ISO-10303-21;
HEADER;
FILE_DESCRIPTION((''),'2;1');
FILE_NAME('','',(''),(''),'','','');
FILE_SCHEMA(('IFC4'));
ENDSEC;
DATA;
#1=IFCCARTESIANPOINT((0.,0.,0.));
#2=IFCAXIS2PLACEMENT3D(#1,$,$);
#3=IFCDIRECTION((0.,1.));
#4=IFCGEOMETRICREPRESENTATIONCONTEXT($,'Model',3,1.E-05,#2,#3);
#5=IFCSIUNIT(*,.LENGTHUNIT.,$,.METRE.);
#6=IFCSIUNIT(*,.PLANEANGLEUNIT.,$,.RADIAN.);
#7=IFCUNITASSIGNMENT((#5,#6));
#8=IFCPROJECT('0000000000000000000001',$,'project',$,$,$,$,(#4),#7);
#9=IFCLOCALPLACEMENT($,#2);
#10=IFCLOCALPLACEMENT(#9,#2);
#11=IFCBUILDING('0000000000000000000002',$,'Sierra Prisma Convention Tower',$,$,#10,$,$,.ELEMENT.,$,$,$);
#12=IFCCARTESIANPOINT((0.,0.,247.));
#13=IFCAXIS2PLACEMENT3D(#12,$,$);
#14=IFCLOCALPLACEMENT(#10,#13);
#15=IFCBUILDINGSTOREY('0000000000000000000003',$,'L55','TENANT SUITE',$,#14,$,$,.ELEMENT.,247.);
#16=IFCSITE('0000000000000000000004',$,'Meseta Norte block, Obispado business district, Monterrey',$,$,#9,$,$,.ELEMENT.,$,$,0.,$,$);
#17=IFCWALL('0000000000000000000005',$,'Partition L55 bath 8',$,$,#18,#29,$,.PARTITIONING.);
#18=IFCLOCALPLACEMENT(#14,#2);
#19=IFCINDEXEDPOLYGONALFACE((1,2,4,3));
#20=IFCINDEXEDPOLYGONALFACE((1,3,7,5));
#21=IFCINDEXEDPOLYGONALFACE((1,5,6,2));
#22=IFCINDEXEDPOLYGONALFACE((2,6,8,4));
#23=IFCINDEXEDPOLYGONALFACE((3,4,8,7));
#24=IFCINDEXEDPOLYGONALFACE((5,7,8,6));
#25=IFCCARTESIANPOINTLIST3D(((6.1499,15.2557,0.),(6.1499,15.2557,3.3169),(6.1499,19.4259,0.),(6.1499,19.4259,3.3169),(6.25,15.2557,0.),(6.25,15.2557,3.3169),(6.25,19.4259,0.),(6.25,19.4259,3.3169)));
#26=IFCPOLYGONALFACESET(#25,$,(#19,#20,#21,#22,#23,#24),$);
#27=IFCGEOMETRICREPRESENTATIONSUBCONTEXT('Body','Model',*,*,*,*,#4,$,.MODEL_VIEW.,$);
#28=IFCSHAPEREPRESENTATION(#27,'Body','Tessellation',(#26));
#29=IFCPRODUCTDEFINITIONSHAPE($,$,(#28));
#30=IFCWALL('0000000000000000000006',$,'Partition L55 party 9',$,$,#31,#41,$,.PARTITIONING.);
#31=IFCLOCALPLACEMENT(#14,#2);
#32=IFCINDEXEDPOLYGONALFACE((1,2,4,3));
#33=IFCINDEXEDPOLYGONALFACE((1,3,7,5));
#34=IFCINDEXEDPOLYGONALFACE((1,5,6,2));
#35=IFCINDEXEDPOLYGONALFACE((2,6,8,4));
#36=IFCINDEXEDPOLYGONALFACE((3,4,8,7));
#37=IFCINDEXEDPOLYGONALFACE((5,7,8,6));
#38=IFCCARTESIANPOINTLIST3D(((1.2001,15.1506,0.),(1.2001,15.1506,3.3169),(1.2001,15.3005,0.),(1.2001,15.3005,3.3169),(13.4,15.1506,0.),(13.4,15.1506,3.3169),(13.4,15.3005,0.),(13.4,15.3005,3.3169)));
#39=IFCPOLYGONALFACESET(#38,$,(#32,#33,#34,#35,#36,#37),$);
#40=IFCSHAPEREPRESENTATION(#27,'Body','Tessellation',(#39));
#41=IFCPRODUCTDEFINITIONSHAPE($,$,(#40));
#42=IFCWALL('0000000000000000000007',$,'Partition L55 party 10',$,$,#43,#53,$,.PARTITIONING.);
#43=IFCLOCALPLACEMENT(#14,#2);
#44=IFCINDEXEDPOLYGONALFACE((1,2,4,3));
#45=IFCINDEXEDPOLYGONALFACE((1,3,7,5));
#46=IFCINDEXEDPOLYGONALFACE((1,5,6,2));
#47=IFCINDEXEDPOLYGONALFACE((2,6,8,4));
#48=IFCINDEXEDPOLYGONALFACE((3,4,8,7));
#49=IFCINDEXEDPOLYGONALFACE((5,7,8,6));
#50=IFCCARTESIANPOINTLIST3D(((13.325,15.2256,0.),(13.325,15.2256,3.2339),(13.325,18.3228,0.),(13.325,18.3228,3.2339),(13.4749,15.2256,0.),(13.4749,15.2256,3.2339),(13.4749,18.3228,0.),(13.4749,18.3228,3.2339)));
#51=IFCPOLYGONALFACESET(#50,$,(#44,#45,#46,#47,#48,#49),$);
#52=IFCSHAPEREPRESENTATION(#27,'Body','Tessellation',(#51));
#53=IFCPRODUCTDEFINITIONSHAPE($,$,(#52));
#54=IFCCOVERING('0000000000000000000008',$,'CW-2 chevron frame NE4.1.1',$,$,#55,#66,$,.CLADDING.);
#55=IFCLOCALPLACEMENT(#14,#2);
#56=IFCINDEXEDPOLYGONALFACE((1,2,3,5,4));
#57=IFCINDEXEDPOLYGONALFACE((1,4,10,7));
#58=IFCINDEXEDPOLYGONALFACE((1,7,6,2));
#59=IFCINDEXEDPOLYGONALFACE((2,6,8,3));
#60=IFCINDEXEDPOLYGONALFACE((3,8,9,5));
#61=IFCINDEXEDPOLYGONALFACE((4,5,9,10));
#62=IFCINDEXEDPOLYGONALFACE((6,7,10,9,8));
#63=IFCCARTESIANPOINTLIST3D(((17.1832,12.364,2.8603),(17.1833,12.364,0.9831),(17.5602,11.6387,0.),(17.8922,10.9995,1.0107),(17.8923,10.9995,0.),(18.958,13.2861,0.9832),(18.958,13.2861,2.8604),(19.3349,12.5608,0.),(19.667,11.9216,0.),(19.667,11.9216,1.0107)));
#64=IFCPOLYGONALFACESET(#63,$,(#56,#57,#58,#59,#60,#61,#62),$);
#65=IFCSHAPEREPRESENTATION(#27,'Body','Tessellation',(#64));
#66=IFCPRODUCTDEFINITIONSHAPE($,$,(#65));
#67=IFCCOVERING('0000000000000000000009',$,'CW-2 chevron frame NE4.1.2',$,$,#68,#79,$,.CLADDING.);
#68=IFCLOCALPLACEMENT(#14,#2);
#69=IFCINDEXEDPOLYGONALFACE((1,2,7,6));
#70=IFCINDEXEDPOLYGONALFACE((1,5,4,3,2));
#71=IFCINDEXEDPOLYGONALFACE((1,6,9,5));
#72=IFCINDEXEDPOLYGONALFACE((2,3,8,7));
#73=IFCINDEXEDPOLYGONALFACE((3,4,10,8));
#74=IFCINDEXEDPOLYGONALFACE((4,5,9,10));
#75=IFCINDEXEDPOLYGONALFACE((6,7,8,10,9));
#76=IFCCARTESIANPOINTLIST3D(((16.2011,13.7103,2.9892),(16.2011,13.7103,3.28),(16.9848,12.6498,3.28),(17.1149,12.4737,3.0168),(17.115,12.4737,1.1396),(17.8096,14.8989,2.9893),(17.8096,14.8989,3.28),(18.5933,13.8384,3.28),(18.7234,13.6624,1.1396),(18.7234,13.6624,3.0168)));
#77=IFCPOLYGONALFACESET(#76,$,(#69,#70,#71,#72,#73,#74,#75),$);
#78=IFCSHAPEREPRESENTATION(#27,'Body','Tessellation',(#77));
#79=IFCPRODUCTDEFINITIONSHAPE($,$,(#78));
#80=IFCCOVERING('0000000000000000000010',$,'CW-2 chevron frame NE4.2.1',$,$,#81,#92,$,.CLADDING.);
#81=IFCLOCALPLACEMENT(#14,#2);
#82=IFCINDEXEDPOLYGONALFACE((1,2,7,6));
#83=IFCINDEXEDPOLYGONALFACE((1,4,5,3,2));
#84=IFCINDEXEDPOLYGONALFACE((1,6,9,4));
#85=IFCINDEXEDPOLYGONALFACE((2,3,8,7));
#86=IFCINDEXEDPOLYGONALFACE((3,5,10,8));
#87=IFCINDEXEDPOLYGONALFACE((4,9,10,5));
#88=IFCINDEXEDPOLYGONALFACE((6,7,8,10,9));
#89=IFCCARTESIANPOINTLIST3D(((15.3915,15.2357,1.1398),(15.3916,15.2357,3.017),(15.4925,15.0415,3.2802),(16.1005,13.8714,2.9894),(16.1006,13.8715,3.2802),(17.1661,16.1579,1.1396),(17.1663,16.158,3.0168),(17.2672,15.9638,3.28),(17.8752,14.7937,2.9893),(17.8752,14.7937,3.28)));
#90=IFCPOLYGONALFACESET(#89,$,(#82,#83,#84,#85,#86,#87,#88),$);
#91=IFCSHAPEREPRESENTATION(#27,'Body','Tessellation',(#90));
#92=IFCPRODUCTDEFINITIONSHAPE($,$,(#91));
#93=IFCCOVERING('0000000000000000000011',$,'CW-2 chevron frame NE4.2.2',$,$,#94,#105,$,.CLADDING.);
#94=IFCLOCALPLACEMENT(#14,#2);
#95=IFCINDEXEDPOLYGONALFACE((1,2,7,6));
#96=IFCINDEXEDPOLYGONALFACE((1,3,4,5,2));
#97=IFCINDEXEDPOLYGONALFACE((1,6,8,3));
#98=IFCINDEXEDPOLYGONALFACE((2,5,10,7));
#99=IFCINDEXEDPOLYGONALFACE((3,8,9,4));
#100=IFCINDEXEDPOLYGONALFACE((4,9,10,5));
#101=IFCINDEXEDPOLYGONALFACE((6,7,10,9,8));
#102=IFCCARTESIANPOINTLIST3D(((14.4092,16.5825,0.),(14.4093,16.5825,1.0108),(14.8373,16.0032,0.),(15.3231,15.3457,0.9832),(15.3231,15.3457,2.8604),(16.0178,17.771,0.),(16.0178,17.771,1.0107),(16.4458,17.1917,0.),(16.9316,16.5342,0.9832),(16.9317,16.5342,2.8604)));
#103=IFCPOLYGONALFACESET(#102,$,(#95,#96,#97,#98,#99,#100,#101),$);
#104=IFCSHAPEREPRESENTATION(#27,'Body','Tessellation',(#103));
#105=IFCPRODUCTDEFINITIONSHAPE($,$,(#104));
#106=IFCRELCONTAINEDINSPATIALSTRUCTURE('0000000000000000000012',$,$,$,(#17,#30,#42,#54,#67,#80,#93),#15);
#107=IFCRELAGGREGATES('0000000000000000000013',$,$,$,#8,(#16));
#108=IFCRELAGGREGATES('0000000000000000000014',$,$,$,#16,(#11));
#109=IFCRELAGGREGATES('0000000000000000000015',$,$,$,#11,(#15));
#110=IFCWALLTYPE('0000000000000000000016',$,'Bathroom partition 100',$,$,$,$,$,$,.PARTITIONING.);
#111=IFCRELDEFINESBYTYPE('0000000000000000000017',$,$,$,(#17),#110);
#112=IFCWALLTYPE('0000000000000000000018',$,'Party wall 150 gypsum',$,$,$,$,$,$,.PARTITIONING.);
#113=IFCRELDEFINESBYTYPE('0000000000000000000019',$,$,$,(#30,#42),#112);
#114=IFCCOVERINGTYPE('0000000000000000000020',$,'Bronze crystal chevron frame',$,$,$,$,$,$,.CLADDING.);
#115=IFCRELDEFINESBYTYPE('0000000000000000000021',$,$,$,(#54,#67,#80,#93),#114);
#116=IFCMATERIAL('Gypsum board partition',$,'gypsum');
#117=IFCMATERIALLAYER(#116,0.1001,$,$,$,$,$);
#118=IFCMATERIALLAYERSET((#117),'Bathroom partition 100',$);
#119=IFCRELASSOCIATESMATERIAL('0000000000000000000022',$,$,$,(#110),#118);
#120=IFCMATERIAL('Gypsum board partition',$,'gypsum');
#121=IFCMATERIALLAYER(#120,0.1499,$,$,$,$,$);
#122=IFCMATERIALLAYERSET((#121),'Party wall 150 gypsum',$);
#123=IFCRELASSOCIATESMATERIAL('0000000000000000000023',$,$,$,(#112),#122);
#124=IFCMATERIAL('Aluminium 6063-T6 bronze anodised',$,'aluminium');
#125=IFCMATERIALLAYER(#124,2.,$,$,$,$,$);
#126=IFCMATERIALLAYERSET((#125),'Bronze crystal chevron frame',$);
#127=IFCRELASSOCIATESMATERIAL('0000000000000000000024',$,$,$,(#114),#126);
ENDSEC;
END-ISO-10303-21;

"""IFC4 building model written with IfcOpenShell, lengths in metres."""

from ifc_helpers import new_model, si_unit, direction, frame, frame_2d, origin, place, context, subcontext, project, spatial, polyline, rectangle, outline, extrude, material, layer, layer_set, type_object, element, save


model = new_model("IFC4")

# Units and contexts
model_context = context("Model", 3, precision=1e-05, world=origin(), true_north=direction((0.0, 1.0)))
body_context = subcontext(model_context, "Body", "Model", "MODEL_VIEW")
ifc_project = project(units=[si_unit("LENGTHUNIT", "METRE"), si_unit("PLANEANGLEUNIT", "RADIAN")], contexts=[model_context])

# Site, building, storey
site_placement = place(None, origin())
site = spatial("IfcSite", under=ifc_project, at=site_placement, Name="Meseta Norte block, Obispado business district, Monterrey", CompositionType="ELEMENT", RefElevation=0.0)
building_placement = place(site_placement, origin())
building = spatial("IfcBuilding", under=site, at=building_placement, Name="Sierra Prisma Convention Tower", CompositionType="ELEMENT")
storey_placement = place(building_placement, frame((0.0, 0.0, 247.0)))
storey = spatial("IfcBuildingStorey", under=building, at=storey_placement, Name="L55", Description="TENANT SUITE", CompositionType="ELEMENT", Elevation=247.0)

# Walls
ifc_material_1 = material(Name="Gypsum board partition", Category="gypsum")
ifc_layer_1 = layer(ifc_material_1, 0.1001)
ifc_layer_set_1 = layer_set([ifc_layer_1], Name="Bathroom partition 100")
wall_type_1 = type_object("IfcWallType", Name="Bathroom partition 100", PredefinedType="PARTITIONING", material=ifc_layer_set_1)
wall_1_placement = place(storey_placement, frame((6.2, 19.4258, 0.0), z_axis=(0.0, 0.0, 1.0), x_axis=(0.0, -1.0, 0.0)))
element("IfcWall", 1, at=wall_1_placement, inside=storey, type_object=wall_type_1, Name="Partition L55 bath 8", PredefinedType="PARTITIONING", context=body_context, shape_type="SweptSolid", body=[
    extrude(rectangle(XDim=4.1702, YDim=0.1001, at=frame_2d((2.085, 0.0))), origin(), (0.0, 0.0, 1.0), 3.3169),
])
ifc_material_2 = material(Name="Gypsum board partition", Category="gypsum")
ifc_layer_2 = layer(ifc_material_2, 0.1499)
ifc_layer_set_2 = layer_set([ifc_layer_2], Name="Party wall 150 gypsum")
wall_type_2 = type_object("IfcWallType", Name="Party wall 150 gypsum", PredefinedType="PARTITIONING", material=ifc_layer_set_2)
wall_2_placement = place(storey_placement, frame((1.2, 15.2256, 0.0), z_axis=(0.0, 0.0, 1.0), x_axis=(1.0, 0.0, 0.0)))
element("IfcWall", 2, at=wall_2_placement, inside=storey, type_object=wall_type_2, Name="Partition L55 party 9", PredefinedType="PARTITIONING", context=body_context, shape_type="SweptSolid", body=[
    extrude(rectangle(XDim=12.2, YDim=0.1499, at=frame_2d((6.1001, 0.0))), origin(), (0.0, 0.0, 1.0), 3.3169),
])
wall_3_placement = place(storey_placement, frame((13.3999, 15.2256, 0.0), z_axis=(0.0, 0.0, 1.0), x_axis=(0.0, 1.0, 0.0)))
element("IfcWall", 3, at=wall_3_placement, inside=storey, type_object=wall_type_2, Name="Partition L55 party 10", PredefinedType="PARTITIONING", context=body_context, shape_type="SweptSolid", body=[
    extrude(rectangle(XDim=3.0972, YDim=0.1499, at=frame_2d((1.5486, 0.0))), origin(), (0.0, 0.0, 1.0), 3.2339),
])

# Coverings
ifc_material_3 = material(Name="Aluminium 6063-T6 bronze anodised", Category="aluminium")
ifc_layer_3 = layer(ifc_material_3, 2.0)
ifc_layer_set_3 = layer_set([ifc_layer_3], Name="Bronze crystal chevron frame")
covering_type = type_object("IfcCoveringType", Name="Bronze crystal chevron frame", PredefinedType="CLADDING", material=ifc_layer_set_3)
covering_1_placement = place(storey_placement, frame((19.667, 11.9216, 0.0), z_axis=(0.88737, 0.461057, 0.000019), x_axis=(-0.461057, 0.88737, 0.0)))
element("IfcCovering", 4, at=covering_1_placement, inside=storey, type_object=covering_type, Name="CW-2 chevron frame NE4.1.1", PredefinedType="CLADDING", context=body_context, shape_type="SweptSolid", body=[
    extrude(outline(polyline([(0.0, 0.0), (0.7203, 0.0), (1.5377, 0.9832), (1.5377, 2.8604), (0.0, 1.0107), (0.0, 0.0)])), origin(), (0.0, 0.0, -1.0), 2.0),
])
covering_2_placement = place(storey_placement, frame((18.7234, 13.6624, 3.0168), z_axis=(0.80423, 0.594318, 0.000015), x_axis=(0.000012, 0.000009, -1.0)))
element("IfcCovering", 5, at=covering_2_placement, inside=storey, type_object=covering_type, Name="CW-2 chevron frame NE4.1.2", PredefinedType="CLADDING", context=body_context, shape_type="SweptSolid", body=[
    extrude(outline(polyline([(0.0, 0.0), (1.8772, 0.0), (0.0276, 1.5376), (-0.2632, 1.5376), (-0.2632, 0.2189), (0.0, 0.0)])), origin(), (0.0, 0.0, -1.0), 2.0),
])
covering_3_placement = place(storey_placement, frame((17.8752, 14.7937, 3.28), z_axis=(0.887337, 0.461121, -0.000077), x_axis=(-0.000068, -0.000035, -1.0)))
element("IfcCovering", 6, at=covering_3_placement, inside=storey, type_object=covering_type, Name="CW-2 chevron frame NE4.2.1", PredefinedType="CLADDING", context=body_context, shape_type="SweptSolid", body=[
    extrude(outline(polyline([(0.0, 0.0), (0.2908, 0.0), (2.1404, 1.5375), (0.2632, 1.5375), (0.0, 1.3187), (0.0, 0.0)])), origin(), (0.0, 0.0, -1.0), 2.0),
])
covering_4_placement = place(storey_placement, frame((16.0178, 17.771, 0.0), z_axis=(0.804291, 0.594235, -0.000017), x_axis=(0.000013, 0.00001, 1.0)))
element("IfcCovering", 7, at=covering_4_placement, inside=storey, type_object=covering_type, Name="CW-2 chevron frame NE4.2.2", PredefinedType="CLADDING", context=body_context, shape_type="SweptSolid", body=[
    extrude(outline(polyline([(0.0, 0.0), (1.0107, 0.0), (2.8604, 1.5378), (0.9832, 1.5378), (0.0, 0.7203), (0.0, 0.0)])), origin(), (0.0, 0.0, -1.0), 2.0),
])

save(model, "model.ifc")
